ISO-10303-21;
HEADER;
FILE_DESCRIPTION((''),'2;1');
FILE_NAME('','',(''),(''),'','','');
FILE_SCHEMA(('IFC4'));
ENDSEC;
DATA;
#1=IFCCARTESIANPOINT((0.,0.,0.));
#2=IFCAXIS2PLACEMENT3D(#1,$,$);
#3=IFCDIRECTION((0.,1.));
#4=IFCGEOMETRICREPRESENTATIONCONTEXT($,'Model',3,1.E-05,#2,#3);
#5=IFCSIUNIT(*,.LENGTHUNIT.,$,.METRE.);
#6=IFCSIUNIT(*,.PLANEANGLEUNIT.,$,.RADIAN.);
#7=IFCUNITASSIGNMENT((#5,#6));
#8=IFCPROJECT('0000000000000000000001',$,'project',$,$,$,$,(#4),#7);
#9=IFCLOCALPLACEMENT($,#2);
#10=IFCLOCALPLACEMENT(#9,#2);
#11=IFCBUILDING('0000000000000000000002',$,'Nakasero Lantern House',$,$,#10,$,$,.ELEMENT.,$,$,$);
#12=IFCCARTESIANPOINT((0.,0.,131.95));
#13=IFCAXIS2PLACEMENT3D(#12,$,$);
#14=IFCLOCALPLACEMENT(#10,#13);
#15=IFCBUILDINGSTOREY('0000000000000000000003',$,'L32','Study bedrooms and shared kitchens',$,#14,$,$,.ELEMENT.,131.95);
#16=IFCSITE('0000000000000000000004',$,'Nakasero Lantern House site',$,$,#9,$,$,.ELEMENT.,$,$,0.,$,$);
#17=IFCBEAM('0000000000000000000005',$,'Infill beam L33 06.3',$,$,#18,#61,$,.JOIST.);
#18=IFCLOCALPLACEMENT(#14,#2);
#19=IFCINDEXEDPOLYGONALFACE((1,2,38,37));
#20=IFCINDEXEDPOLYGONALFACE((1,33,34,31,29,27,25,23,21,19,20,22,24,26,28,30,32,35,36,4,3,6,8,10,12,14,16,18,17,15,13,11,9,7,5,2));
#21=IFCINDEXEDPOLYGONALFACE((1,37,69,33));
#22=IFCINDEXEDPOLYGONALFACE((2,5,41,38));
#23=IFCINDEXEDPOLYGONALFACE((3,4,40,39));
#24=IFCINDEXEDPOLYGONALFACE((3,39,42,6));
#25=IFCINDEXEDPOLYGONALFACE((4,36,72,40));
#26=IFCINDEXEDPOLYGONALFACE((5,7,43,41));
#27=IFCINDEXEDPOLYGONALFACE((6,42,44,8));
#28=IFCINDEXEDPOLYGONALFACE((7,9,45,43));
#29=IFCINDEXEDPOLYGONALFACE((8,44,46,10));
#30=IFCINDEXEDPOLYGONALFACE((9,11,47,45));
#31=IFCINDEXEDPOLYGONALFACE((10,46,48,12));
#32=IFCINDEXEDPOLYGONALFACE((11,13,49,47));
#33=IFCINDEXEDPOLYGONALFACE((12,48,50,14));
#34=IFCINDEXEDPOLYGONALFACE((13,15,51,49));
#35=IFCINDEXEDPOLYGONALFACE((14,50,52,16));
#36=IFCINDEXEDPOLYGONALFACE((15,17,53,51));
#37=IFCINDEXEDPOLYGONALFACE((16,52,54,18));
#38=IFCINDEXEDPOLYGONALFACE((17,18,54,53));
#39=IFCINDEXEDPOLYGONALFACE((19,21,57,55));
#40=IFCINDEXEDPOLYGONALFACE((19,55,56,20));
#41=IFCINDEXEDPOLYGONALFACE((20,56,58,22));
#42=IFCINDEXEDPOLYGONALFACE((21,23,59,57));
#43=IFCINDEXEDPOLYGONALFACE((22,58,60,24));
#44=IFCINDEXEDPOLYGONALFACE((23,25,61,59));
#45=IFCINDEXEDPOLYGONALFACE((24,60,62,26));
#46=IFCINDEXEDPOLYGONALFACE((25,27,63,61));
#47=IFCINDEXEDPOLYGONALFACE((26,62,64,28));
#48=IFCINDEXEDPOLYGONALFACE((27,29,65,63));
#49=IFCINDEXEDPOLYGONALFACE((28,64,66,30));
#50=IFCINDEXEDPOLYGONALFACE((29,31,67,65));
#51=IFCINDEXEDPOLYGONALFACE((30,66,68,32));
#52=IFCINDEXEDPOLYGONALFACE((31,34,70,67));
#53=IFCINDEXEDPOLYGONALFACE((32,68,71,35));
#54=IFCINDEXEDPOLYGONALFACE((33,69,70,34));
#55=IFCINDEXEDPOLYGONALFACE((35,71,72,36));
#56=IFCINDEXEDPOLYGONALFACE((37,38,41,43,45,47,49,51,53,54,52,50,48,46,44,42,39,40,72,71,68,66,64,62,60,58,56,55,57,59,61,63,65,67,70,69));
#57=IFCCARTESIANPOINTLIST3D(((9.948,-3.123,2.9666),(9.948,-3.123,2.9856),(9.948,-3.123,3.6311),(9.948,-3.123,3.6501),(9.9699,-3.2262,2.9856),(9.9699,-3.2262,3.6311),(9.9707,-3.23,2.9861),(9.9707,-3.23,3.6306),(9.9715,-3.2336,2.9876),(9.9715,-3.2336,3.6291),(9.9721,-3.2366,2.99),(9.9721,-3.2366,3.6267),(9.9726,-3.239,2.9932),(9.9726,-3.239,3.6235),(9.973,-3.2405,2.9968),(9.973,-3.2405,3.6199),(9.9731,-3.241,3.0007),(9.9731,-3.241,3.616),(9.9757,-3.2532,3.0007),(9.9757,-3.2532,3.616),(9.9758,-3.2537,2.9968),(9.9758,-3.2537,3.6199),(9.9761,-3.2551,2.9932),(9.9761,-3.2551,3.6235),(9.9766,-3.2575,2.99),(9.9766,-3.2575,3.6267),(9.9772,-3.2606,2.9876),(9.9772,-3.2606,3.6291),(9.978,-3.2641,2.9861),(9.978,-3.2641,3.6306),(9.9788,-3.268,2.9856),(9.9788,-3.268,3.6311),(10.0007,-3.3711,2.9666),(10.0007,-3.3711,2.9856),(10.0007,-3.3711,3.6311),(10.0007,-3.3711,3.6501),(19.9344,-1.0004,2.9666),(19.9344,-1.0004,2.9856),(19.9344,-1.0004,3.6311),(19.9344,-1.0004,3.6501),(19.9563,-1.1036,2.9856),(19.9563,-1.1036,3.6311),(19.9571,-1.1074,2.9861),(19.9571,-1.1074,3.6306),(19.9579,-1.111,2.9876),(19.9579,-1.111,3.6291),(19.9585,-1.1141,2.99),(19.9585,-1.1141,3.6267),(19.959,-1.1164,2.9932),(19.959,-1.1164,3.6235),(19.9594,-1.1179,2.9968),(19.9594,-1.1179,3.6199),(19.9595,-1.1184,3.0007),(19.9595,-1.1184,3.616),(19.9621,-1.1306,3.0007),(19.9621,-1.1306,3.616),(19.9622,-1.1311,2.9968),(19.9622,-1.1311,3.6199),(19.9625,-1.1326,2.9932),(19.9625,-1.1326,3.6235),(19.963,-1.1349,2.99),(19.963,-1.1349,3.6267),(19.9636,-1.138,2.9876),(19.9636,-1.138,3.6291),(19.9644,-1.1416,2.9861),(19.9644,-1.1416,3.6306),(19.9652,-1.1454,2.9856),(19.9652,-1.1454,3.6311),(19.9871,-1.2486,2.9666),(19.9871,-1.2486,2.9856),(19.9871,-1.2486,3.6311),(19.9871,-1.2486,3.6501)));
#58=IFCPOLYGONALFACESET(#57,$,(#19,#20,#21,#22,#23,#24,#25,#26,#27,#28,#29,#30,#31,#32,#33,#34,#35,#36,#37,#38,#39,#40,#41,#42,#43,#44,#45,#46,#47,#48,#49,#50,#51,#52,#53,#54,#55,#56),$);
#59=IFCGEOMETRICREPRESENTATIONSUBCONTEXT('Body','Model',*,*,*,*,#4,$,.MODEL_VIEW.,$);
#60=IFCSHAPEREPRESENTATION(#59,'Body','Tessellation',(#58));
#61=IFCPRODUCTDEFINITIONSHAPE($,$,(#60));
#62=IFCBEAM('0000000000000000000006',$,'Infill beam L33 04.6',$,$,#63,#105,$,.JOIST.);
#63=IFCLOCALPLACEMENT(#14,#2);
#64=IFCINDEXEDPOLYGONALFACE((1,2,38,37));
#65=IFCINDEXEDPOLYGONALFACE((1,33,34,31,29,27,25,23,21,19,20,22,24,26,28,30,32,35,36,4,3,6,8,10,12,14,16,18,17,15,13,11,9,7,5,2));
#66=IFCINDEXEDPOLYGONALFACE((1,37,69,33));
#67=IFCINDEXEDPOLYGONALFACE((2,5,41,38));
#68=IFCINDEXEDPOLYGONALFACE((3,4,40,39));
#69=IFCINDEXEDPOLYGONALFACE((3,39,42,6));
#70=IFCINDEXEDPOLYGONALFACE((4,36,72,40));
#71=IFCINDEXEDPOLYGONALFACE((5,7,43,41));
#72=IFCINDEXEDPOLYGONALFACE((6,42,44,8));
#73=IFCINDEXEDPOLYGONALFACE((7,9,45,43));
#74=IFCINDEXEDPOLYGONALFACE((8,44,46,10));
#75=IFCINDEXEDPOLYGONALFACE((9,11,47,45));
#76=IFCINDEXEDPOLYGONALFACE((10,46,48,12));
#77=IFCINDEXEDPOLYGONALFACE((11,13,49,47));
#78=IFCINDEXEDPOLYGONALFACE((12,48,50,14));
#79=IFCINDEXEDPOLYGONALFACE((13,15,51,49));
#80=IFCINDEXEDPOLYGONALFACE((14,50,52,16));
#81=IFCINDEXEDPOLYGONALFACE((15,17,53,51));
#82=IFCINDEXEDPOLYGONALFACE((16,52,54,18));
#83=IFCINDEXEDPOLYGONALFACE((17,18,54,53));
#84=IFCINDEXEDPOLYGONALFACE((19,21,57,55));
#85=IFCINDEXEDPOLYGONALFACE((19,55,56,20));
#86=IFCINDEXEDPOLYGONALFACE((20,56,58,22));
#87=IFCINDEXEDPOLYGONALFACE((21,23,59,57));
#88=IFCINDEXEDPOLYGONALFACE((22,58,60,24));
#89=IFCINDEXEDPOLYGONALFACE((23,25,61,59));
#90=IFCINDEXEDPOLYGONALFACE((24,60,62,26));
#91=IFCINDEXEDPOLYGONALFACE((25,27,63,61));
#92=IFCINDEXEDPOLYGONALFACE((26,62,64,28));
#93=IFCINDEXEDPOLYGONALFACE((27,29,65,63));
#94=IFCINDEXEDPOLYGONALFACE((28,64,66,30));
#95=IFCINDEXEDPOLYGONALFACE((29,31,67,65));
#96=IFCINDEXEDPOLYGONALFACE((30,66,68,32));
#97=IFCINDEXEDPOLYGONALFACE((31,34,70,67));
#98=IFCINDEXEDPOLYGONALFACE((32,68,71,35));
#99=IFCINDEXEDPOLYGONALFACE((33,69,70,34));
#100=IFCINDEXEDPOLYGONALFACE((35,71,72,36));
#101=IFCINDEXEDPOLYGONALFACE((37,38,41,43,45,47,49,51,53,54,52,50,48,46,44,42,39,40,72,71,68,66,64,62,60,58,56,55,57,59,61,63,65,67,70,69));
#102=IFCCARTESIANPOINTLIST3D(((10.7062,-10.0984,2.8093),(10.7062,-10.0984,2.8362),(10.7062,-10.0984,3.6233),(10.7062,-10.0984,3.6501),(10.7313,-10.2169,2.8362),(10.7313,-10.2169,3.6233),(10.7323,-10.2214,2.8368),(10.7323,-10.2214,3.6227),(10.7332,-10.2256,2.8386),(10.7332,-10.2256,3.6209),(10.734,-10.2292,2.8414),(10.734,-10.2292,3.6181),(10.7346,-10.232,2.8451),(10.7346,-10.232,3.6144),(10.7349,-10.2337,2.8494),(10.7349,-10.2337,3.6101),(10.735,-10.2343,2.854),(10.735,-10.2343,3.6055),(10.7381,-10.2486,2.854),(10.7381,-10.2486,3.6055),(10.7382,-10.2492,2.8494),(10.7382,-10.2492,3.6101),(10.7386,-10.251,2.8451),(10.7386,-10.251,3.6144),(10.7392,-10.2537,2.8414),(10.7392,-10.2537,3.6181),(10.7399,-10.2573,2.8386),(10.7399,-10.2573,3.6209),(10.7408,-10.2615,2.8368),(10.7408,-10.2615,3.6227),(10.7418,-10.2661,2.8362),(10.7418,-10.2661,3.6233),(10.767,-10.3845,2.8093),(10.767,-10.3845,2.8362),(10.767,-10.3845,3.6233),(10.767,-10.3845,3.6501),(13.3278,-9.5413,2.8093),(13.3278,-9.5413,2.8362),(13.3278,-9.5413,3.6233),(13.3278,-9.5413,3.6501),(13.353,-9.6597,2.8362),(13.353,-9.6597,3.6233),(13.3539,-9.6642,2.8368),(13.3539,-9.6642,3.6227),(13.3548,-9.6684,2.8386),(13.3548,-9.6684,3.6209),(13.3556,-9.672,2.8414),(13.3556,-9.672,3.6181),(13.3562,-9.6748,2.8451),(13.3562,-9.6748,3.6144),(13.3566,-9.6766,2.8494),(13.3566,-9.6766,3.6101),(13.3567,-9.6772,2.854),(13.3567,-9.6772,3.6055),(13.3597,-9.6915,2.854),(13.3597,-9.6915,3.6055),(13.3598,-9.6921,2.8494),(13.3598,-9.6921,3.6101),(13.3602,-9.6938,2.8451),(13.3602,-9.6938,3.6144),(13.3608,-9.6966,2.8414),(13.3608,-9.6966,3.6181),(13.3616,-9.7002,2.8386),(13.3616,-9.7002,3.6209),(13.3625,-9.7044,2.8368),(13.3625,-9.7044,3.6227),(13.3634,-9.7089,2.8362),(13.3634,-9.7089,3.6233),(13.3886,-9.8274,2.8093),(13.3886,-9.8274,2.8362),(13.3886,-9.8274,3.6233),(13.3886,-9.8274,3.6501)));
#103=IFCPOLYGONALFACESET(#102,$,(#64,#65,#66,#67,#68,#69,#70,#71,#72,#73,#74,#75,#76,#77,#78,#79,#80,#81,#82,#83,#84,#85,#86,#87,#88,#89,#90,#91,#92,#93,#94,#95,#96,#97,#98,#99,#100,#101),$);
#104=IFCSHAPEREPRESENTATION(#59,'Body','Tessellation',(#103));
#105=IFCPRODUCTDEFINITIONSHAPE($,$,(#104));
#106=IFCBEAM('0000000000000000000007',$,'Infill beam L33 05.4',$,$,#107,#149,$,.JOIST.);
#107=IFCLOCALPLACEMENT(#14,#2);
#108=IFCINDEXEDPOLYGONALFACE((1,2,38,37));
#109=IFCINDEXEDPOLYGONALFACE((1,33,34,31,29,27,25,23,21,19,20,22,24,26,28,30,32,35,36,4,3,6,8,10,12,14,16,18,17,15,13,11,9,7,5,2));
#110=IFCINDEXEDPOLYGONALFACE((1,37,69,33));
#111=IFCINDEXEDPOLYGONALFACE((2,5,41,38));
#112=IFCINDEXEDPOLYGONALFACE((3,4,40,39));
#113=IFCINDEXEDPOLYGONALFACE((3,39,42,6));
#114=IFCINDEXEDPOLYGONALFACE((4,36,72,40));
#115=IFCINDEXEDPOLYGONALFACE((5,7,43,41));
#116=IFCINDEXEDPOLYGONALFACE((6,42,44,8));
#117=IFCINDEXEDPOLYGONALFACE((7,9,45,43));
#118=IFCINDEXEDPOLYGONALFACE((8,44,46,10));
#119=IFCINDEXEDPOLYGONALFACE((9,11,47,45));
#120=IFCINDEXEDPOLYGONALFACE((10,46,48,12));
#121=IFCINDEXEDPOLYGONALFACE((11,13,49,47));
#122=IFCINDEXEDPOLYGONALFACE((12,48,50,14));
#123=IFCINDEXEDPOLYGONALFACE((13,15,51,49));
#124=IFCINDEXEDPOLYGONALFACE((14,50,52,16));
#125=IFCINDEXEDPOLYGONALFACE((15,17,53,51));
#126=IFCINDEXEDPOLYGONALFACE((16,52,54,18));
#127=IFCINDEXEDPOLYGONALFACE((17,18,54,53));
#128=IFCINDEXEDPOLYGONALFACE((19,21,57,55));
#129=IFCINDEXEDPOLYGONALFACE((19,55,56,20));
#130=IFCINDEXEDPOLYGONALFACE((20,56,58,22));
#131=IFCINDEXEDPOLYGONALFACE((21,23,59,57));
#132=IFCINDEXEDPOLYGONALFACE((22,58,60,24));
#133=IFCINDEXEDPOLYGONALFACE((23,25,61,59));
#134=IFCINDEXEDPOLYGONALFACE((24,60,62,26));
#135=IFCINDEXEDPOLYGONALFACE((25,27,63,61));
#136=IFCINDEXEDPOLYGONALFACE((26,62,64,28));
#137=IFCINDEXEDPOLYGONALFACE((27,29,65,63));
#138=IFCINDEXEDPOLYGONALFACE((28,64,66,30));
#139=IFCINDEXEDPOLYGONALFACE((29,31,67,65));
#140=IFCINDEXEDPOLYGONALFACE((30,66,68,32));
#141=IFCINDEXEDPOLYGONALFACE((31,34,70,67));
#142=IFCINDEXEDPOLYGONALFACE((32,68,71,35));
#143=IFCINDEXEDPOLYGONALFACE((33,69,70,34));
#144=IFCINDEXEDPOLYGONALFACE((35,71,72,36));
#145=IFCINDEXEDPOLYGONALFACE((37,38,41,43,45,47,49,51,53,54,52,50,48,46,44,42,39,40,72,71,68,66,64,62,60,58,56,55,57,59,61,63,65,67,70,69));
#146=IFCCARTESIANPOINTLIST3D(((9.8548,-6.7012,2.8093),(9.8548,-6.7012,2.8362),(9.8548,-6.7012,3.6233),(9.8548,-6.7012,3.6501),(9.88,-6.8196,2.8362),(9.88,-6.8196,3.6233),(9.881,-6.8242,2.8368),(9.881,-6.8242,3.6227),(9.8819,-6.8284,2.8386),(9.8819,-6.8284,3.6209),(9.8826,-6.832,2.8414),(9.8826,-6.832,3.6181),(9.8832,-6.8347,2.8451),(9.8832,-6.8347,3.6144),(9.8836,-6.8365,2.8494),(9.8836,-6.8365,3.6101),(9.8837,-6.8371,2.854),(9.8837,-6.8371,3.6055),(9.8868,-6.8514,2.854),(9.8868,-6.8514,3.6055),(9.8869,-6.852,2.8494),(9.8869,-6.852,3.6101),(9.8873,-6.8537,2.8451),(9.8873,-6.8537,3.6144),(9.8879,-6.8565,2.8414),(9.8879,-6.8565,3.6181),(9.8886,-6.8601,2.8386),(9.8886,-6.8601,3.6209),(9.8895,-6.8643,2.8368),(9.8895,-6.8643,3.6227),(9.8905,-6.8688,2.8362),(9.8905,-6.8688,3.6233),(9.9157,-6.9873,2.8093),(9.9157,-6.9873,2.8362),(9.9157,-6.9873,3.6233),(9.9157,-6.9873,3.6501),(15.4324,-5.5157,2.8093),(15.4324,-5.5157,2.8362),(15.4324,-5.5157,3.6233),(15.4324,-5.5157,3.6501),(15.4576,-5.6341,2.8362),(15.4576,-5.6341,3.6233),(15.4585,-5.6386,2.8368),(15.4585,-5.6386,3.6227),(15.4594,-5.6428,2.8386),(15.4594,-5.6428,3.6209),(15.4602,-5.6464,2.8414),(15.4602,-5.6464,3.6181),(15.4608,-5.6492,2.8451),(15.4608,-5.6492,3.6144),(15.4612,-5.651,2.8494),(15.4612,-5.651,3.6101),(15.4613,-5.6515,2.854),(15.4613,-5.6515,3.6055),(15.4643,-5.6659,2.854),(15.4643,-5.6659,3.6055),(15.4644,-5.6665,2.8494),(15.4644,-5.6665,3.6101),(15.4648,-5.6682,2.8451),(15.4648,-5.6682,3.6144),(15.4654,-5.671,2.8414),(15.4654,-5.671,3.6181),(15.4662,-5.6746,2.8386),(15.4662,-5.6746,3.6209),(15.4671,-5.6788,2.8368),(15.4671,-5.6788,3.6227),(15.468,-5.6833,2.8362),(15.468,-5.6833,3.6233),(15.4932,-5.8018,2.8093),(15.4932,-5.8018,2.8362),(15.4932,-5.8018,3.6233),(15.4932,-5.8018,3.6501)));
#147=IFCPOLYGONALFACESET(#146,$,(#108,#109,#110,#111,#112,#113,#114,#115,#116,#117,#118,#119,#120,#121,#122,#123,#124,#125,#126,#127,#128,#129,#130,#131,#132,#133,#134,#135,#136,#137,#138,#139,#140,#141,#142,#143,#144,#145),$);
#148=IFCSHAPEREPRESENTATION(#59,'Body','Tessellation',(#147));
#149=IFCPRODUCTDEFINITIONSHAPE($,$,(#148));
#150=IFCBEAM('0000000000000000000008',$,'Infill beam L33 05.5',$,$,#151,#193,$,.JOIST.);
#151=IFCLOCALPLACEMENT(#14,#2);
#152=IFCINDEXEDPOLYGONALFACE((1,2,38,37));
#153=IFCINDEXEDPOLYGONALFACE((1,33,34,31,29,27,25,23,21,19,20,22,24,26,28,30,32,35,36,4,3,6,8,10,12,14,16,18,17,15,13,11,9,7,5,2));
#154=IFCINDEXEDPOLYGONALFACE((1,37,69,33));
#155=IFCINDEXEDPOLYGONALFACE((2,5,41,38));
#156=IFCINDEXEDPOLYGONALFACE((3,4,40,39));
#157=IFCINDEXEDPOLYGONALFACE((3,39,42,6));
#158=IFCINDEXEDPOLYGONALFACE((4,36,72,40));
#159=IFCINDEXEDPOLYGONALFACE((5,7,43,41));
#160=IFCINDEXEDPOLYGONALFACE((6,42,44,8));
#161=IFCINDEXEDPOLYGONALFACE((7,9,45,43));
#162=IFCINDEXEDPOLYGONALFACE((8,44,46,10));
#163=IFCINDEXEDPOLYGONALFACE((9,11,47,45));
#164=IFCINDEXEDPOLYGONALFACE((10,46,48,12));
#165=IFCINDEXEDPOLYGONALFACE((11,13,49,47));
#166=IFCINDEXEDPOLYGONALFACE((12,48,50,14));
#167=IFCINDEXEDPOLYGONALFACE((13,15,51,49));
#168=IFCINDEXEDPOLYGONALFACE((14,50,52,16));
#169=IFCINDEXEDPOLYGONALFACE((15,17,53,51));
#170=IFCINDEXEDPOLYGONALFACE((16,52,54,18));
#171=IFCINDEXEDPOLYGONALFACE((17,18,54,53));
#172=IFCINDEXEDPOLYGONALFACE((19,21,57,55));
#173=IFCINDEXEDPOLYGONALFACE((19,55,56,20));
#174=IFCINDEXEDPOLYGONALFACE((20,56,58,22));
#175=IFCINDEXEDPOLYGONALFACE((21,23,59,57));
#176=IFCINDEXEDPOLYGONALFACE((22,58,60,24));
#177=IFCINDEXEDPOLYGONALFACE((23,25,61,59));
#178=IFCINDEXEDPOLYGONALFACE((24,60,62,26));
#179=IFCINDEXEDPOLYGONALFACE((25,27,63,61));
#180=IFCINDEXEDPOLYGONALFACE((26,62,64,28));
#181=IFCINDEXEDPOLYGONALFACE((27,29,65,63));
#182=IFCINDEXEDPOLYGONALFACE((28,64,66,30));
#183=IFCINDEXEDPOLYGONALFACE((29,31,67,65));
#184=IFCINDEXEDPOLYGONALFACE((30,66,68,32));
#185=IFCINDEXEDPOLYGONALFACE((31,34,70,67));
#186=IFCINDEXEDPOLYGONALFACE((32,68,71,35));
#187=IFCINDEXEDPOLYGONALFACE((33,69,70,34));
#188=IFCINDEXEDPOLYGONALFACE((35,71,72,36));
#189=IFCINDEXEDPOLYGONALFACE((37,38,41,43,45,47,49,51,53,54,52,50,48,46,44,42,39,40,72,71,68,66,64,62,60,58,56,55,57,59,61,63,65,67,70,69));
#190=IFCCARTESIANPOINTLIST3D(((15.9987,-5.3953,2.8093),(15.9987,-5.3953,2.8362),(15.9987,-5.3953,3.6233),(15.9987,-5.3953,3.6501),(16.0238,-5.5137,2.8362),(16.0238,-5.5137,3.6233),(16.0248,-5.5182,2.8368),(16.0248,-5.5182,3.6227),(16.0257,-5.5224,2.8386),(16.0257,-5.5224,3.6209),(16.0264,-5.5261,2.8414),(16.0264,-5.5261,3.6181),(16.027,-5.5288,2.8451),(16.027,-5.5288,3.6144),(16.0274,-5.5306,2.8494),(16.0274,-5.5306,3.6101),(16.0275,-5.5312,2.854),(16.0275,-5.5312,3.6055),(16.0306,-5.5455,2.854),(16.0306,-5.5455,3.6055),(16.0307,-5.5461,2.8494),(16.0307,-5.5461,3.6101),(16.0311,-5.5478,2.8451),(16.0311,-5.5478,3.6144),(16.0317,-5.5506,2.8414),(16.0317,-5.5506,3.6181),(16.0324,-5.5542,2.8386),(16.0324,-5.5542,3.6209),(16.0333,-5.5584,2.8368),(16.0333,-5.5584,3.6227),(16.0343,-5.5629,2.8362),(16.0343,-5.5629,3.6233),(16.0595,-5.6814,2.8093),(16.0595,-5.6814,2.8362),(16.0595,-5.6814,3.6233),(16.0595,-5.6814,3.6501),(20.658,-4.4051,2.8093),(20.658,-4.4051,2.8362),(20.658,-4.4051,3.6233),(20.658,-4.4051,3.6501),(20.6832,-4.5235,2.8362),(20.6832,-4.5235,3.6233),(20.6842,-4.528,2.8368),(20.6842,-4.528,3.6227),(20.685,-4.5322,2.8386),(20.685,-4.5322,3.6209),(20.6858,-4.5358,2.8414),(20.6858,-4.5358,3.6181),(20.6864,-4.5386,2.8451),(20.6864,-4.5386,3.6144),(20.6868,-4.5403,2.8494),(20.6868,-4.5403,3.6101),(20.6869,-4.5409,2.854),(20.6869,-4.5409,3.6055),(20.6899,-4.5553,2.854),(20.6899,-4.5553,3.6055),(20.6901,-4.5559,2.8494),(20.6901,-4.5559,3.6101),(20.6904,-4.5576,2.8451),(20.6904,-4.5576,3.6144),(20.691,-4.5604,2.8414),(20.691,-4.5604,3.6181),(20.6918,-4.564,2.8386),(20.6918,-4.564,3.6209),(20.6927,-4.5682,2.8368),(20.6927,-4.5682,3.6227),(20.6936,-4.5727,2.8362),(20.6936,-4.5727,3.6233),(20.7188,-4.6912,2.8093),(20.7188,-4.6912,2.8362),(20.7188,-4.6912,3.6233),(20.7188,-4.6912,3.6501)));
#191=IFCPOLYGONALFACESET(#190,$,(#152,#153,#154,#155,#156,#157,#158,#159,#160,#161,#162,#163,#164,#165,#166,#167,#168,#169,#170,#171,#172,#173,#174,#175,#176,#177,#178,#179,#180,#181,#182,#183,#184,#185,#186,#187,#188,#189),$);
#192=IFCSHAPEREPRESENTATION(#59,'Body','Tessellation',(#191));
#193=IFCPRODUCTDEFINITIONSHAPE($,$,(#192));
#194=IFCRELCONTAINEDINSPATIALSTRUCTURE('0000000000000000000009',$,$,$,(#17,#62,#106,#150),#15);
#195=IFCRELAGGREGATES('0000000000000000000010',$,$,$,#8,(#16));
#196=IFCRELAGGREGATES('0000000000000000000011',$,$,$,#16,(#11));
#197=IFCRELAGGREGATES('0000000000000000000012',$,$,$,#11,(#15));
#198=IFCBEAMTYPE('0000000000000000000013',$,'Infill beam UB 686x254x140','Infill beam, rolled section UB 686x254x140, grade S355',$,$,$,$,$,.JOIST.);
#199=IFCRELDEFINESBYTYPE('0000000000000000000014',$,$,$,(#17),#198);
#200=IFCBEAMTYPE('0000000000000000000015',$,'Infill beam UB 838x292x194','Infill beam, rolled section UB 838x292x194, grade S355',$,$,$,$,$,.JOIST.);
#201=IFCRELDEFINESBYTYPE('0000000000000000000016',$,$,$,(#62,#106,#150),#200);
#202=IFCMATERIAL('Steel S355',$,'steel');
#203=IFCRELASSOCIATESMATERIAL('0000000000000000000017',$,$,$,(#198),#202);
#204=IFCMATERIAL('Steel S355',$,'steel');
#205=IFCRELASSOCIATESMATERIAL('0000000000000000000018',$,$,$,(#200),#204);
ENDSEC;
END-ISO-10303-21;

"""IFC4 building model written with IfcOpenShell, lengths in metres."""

from ifc_helpers import new_model, si_unit, direction, frame, origin, origin_2d, place, context, subcontext, project, spatial, i_section, extrude, material, material_profile, profile_set, type_object, element, save


model = new_model("IFC4")

# Units and contexts
model_context = context("Model", 3, precision=1e-05, world=origin(), true_north=direction((0.0, 1.0)))
body_context = subcontext(model_context, "Body", "Model", "MODEL_VIEW")
ifc_project = project(units=[si_unit("LENGTHUNIT", "METRE"), si_unit("PLANEANGLEUNIT", "RADIAN")], contexts=[model_context])

# Site, building, storey
site_placement = place(None, origin())
site = spatial("IfcSite", under=ifc_project, at=site_placement, Name="Nakasero Lantern House site", CompositionType="ELEMENT", RefElevation=0.0)
building_placement = place(site_placement, origin())
building = spatial("IfcBuilding", under=site, at=building_placement, Name="Nakasero Lantern House", CompositionType="ELEMENT")
storey_placement = place(building_placement, frame((0.0, 0.0, 131.95)))
storey = spatial("IfcBuildingStorey", under=building, at=storey_placement, Name="L32", Description="Study bedrooms and shared kitchens", CompositionType="ELEMENT", Elevation=131.95)

# Beams
ifc_material_1 = material(Name="Steel S355", Category="steel")
ifc_material_profile_1 = material_profile(ifc_material_1, i_section(OverallWidth=0.2537, OverallDepth=0.6836, WebThickness=0.0125, FlangeThickness=0.019, FilletRadius=0.0151, at=origin_2d()), Name="UB 686x254x140")
ifc_profile_set_1 = profile_set([ifc_material_profile_1], Name="Steel S355")
beam_type_1 = type_object("IfcBeamType", Name="Infill beam UB 686x254x140", Description="Infill beam, rolled section UB 686x254x140, grade S355", PredefinedType="JOIST", material=ifc_profile_set_1)
beam_1_placement = place(storey_placement, frame((9.9744, -3.2471, 3.3083), z_axis=(0.97815, 0.207902, 0.0), x_axis=(-0.207902, 0.97815, 0.0)))
element("IfcBeam", 1, at=beam_1_placement, inside=storey, type_object=beam_type_1, Name="Infill beam L33 06.3", PredefinedType="JOIST", context=body_context, shape_type="SweptSolid", body=[
    extrude(i_section(OverallWidth=0.2537, OverallDepth=0.6836, WebThickness=0.0125, FlangeThickness=0.019, FilletRadius=0.0151, at=origin_2d()), origin(), (0.0, 0.0, 1.0), 10.2095),
])
ifc_material_2 = material(Name="Steel S355", Category="steel")
ifc_material_profile_2 = material_profile(ifc_material_2, i_section(OverallWidth=0.2925, OverallDepth=0.8408, WebThickness=0.0146, FlangeThickness=0.0269, FilletRadius=0.0178, at=origin_2d()), Name="UB 838x292x194")
ifc_profile_set_2 = profile_set([ifc_material_profile_2], Name="Steel S355")
beam_type_2 = type_object("IfcBeamType", Name="Infill beam UB 838x292x194", Description="Infill beam, rolled section UB 838x292x194, grade S355", PredefinedType="JOIST", material=ifc_profile_set_2)
beam_2_placement = place(storey_placement, frame((10.7366, -10.2415, 3.2297), z_axis=(0.978156, 0.207874, 0.0), x_axis=(-0.207874, 0.978156, 0.0)))
element("IfcBeam", 2, at=beam_2_placement, inside=storey, type_object=beam_type_2, Name="Infill beam L33 04.6", PredefinedType="JOIST", context=body_context, shape_type="SweptSolid", body=[
    extrude(i_section(OverallWidth=0.2925, OverallDepth=0.8408, WebThickness=0.0146, FlangeThickness=0.0269, FilletRadius=0.0178, at=origin_2d()), origin(), (0.0, 0.0, 1.0), 2.6802),
])
beam_3_placement = place(storey_placement, frame((9.8853, -6.8442, 3.2297), z_axis=(0.978148, 0.207909, 0.0), x_axis=(-0.207909, 0.978148, 0.0)))
element("IfcBeam", 3, at=beam_3_placement, inside=storey, type_object=beam_type_2, Name="Infill beam L33 05.4", PredefinedType="JOIST", context=body_context, shape_type="SweptSolid", body=[
    extrude(i_section(OverallWidth=0.2925, OverallDepth=0.8408, WebThickness=0.0146, FlangeThickness=0.0269, FilletRadius=0.0178, at=origin_2d()), origin(), (0.0, 0.0, 1.0), 5.7021),
])
beam_4_placement = place(storey_placement, frame((16.0291, -5.5383, 3.2297), z_axis=(0.978154, 0.20788, 0.0), x_axis=(-0.20788, 0.978154, 0.0)))
element("IfcBeam", 4, at=beam_4_placement, inside=storey, type_object=beam_type_2, Name="Infill beam L33 05.5", PredefinedType="JOIST", context=body_context, shape_type="SweptSolid", body=[
    extrude(i_section(OverallWidth=0.2925, OverallDepth=0.8408, WebThickness=0.0146, FlangeThickness=0.0269, FilletRadius=0.0178, at=origin_2d()), origin(), (0.0, 0.0, 1.0), 4.7634),
])

save(model, "model.ifc")
